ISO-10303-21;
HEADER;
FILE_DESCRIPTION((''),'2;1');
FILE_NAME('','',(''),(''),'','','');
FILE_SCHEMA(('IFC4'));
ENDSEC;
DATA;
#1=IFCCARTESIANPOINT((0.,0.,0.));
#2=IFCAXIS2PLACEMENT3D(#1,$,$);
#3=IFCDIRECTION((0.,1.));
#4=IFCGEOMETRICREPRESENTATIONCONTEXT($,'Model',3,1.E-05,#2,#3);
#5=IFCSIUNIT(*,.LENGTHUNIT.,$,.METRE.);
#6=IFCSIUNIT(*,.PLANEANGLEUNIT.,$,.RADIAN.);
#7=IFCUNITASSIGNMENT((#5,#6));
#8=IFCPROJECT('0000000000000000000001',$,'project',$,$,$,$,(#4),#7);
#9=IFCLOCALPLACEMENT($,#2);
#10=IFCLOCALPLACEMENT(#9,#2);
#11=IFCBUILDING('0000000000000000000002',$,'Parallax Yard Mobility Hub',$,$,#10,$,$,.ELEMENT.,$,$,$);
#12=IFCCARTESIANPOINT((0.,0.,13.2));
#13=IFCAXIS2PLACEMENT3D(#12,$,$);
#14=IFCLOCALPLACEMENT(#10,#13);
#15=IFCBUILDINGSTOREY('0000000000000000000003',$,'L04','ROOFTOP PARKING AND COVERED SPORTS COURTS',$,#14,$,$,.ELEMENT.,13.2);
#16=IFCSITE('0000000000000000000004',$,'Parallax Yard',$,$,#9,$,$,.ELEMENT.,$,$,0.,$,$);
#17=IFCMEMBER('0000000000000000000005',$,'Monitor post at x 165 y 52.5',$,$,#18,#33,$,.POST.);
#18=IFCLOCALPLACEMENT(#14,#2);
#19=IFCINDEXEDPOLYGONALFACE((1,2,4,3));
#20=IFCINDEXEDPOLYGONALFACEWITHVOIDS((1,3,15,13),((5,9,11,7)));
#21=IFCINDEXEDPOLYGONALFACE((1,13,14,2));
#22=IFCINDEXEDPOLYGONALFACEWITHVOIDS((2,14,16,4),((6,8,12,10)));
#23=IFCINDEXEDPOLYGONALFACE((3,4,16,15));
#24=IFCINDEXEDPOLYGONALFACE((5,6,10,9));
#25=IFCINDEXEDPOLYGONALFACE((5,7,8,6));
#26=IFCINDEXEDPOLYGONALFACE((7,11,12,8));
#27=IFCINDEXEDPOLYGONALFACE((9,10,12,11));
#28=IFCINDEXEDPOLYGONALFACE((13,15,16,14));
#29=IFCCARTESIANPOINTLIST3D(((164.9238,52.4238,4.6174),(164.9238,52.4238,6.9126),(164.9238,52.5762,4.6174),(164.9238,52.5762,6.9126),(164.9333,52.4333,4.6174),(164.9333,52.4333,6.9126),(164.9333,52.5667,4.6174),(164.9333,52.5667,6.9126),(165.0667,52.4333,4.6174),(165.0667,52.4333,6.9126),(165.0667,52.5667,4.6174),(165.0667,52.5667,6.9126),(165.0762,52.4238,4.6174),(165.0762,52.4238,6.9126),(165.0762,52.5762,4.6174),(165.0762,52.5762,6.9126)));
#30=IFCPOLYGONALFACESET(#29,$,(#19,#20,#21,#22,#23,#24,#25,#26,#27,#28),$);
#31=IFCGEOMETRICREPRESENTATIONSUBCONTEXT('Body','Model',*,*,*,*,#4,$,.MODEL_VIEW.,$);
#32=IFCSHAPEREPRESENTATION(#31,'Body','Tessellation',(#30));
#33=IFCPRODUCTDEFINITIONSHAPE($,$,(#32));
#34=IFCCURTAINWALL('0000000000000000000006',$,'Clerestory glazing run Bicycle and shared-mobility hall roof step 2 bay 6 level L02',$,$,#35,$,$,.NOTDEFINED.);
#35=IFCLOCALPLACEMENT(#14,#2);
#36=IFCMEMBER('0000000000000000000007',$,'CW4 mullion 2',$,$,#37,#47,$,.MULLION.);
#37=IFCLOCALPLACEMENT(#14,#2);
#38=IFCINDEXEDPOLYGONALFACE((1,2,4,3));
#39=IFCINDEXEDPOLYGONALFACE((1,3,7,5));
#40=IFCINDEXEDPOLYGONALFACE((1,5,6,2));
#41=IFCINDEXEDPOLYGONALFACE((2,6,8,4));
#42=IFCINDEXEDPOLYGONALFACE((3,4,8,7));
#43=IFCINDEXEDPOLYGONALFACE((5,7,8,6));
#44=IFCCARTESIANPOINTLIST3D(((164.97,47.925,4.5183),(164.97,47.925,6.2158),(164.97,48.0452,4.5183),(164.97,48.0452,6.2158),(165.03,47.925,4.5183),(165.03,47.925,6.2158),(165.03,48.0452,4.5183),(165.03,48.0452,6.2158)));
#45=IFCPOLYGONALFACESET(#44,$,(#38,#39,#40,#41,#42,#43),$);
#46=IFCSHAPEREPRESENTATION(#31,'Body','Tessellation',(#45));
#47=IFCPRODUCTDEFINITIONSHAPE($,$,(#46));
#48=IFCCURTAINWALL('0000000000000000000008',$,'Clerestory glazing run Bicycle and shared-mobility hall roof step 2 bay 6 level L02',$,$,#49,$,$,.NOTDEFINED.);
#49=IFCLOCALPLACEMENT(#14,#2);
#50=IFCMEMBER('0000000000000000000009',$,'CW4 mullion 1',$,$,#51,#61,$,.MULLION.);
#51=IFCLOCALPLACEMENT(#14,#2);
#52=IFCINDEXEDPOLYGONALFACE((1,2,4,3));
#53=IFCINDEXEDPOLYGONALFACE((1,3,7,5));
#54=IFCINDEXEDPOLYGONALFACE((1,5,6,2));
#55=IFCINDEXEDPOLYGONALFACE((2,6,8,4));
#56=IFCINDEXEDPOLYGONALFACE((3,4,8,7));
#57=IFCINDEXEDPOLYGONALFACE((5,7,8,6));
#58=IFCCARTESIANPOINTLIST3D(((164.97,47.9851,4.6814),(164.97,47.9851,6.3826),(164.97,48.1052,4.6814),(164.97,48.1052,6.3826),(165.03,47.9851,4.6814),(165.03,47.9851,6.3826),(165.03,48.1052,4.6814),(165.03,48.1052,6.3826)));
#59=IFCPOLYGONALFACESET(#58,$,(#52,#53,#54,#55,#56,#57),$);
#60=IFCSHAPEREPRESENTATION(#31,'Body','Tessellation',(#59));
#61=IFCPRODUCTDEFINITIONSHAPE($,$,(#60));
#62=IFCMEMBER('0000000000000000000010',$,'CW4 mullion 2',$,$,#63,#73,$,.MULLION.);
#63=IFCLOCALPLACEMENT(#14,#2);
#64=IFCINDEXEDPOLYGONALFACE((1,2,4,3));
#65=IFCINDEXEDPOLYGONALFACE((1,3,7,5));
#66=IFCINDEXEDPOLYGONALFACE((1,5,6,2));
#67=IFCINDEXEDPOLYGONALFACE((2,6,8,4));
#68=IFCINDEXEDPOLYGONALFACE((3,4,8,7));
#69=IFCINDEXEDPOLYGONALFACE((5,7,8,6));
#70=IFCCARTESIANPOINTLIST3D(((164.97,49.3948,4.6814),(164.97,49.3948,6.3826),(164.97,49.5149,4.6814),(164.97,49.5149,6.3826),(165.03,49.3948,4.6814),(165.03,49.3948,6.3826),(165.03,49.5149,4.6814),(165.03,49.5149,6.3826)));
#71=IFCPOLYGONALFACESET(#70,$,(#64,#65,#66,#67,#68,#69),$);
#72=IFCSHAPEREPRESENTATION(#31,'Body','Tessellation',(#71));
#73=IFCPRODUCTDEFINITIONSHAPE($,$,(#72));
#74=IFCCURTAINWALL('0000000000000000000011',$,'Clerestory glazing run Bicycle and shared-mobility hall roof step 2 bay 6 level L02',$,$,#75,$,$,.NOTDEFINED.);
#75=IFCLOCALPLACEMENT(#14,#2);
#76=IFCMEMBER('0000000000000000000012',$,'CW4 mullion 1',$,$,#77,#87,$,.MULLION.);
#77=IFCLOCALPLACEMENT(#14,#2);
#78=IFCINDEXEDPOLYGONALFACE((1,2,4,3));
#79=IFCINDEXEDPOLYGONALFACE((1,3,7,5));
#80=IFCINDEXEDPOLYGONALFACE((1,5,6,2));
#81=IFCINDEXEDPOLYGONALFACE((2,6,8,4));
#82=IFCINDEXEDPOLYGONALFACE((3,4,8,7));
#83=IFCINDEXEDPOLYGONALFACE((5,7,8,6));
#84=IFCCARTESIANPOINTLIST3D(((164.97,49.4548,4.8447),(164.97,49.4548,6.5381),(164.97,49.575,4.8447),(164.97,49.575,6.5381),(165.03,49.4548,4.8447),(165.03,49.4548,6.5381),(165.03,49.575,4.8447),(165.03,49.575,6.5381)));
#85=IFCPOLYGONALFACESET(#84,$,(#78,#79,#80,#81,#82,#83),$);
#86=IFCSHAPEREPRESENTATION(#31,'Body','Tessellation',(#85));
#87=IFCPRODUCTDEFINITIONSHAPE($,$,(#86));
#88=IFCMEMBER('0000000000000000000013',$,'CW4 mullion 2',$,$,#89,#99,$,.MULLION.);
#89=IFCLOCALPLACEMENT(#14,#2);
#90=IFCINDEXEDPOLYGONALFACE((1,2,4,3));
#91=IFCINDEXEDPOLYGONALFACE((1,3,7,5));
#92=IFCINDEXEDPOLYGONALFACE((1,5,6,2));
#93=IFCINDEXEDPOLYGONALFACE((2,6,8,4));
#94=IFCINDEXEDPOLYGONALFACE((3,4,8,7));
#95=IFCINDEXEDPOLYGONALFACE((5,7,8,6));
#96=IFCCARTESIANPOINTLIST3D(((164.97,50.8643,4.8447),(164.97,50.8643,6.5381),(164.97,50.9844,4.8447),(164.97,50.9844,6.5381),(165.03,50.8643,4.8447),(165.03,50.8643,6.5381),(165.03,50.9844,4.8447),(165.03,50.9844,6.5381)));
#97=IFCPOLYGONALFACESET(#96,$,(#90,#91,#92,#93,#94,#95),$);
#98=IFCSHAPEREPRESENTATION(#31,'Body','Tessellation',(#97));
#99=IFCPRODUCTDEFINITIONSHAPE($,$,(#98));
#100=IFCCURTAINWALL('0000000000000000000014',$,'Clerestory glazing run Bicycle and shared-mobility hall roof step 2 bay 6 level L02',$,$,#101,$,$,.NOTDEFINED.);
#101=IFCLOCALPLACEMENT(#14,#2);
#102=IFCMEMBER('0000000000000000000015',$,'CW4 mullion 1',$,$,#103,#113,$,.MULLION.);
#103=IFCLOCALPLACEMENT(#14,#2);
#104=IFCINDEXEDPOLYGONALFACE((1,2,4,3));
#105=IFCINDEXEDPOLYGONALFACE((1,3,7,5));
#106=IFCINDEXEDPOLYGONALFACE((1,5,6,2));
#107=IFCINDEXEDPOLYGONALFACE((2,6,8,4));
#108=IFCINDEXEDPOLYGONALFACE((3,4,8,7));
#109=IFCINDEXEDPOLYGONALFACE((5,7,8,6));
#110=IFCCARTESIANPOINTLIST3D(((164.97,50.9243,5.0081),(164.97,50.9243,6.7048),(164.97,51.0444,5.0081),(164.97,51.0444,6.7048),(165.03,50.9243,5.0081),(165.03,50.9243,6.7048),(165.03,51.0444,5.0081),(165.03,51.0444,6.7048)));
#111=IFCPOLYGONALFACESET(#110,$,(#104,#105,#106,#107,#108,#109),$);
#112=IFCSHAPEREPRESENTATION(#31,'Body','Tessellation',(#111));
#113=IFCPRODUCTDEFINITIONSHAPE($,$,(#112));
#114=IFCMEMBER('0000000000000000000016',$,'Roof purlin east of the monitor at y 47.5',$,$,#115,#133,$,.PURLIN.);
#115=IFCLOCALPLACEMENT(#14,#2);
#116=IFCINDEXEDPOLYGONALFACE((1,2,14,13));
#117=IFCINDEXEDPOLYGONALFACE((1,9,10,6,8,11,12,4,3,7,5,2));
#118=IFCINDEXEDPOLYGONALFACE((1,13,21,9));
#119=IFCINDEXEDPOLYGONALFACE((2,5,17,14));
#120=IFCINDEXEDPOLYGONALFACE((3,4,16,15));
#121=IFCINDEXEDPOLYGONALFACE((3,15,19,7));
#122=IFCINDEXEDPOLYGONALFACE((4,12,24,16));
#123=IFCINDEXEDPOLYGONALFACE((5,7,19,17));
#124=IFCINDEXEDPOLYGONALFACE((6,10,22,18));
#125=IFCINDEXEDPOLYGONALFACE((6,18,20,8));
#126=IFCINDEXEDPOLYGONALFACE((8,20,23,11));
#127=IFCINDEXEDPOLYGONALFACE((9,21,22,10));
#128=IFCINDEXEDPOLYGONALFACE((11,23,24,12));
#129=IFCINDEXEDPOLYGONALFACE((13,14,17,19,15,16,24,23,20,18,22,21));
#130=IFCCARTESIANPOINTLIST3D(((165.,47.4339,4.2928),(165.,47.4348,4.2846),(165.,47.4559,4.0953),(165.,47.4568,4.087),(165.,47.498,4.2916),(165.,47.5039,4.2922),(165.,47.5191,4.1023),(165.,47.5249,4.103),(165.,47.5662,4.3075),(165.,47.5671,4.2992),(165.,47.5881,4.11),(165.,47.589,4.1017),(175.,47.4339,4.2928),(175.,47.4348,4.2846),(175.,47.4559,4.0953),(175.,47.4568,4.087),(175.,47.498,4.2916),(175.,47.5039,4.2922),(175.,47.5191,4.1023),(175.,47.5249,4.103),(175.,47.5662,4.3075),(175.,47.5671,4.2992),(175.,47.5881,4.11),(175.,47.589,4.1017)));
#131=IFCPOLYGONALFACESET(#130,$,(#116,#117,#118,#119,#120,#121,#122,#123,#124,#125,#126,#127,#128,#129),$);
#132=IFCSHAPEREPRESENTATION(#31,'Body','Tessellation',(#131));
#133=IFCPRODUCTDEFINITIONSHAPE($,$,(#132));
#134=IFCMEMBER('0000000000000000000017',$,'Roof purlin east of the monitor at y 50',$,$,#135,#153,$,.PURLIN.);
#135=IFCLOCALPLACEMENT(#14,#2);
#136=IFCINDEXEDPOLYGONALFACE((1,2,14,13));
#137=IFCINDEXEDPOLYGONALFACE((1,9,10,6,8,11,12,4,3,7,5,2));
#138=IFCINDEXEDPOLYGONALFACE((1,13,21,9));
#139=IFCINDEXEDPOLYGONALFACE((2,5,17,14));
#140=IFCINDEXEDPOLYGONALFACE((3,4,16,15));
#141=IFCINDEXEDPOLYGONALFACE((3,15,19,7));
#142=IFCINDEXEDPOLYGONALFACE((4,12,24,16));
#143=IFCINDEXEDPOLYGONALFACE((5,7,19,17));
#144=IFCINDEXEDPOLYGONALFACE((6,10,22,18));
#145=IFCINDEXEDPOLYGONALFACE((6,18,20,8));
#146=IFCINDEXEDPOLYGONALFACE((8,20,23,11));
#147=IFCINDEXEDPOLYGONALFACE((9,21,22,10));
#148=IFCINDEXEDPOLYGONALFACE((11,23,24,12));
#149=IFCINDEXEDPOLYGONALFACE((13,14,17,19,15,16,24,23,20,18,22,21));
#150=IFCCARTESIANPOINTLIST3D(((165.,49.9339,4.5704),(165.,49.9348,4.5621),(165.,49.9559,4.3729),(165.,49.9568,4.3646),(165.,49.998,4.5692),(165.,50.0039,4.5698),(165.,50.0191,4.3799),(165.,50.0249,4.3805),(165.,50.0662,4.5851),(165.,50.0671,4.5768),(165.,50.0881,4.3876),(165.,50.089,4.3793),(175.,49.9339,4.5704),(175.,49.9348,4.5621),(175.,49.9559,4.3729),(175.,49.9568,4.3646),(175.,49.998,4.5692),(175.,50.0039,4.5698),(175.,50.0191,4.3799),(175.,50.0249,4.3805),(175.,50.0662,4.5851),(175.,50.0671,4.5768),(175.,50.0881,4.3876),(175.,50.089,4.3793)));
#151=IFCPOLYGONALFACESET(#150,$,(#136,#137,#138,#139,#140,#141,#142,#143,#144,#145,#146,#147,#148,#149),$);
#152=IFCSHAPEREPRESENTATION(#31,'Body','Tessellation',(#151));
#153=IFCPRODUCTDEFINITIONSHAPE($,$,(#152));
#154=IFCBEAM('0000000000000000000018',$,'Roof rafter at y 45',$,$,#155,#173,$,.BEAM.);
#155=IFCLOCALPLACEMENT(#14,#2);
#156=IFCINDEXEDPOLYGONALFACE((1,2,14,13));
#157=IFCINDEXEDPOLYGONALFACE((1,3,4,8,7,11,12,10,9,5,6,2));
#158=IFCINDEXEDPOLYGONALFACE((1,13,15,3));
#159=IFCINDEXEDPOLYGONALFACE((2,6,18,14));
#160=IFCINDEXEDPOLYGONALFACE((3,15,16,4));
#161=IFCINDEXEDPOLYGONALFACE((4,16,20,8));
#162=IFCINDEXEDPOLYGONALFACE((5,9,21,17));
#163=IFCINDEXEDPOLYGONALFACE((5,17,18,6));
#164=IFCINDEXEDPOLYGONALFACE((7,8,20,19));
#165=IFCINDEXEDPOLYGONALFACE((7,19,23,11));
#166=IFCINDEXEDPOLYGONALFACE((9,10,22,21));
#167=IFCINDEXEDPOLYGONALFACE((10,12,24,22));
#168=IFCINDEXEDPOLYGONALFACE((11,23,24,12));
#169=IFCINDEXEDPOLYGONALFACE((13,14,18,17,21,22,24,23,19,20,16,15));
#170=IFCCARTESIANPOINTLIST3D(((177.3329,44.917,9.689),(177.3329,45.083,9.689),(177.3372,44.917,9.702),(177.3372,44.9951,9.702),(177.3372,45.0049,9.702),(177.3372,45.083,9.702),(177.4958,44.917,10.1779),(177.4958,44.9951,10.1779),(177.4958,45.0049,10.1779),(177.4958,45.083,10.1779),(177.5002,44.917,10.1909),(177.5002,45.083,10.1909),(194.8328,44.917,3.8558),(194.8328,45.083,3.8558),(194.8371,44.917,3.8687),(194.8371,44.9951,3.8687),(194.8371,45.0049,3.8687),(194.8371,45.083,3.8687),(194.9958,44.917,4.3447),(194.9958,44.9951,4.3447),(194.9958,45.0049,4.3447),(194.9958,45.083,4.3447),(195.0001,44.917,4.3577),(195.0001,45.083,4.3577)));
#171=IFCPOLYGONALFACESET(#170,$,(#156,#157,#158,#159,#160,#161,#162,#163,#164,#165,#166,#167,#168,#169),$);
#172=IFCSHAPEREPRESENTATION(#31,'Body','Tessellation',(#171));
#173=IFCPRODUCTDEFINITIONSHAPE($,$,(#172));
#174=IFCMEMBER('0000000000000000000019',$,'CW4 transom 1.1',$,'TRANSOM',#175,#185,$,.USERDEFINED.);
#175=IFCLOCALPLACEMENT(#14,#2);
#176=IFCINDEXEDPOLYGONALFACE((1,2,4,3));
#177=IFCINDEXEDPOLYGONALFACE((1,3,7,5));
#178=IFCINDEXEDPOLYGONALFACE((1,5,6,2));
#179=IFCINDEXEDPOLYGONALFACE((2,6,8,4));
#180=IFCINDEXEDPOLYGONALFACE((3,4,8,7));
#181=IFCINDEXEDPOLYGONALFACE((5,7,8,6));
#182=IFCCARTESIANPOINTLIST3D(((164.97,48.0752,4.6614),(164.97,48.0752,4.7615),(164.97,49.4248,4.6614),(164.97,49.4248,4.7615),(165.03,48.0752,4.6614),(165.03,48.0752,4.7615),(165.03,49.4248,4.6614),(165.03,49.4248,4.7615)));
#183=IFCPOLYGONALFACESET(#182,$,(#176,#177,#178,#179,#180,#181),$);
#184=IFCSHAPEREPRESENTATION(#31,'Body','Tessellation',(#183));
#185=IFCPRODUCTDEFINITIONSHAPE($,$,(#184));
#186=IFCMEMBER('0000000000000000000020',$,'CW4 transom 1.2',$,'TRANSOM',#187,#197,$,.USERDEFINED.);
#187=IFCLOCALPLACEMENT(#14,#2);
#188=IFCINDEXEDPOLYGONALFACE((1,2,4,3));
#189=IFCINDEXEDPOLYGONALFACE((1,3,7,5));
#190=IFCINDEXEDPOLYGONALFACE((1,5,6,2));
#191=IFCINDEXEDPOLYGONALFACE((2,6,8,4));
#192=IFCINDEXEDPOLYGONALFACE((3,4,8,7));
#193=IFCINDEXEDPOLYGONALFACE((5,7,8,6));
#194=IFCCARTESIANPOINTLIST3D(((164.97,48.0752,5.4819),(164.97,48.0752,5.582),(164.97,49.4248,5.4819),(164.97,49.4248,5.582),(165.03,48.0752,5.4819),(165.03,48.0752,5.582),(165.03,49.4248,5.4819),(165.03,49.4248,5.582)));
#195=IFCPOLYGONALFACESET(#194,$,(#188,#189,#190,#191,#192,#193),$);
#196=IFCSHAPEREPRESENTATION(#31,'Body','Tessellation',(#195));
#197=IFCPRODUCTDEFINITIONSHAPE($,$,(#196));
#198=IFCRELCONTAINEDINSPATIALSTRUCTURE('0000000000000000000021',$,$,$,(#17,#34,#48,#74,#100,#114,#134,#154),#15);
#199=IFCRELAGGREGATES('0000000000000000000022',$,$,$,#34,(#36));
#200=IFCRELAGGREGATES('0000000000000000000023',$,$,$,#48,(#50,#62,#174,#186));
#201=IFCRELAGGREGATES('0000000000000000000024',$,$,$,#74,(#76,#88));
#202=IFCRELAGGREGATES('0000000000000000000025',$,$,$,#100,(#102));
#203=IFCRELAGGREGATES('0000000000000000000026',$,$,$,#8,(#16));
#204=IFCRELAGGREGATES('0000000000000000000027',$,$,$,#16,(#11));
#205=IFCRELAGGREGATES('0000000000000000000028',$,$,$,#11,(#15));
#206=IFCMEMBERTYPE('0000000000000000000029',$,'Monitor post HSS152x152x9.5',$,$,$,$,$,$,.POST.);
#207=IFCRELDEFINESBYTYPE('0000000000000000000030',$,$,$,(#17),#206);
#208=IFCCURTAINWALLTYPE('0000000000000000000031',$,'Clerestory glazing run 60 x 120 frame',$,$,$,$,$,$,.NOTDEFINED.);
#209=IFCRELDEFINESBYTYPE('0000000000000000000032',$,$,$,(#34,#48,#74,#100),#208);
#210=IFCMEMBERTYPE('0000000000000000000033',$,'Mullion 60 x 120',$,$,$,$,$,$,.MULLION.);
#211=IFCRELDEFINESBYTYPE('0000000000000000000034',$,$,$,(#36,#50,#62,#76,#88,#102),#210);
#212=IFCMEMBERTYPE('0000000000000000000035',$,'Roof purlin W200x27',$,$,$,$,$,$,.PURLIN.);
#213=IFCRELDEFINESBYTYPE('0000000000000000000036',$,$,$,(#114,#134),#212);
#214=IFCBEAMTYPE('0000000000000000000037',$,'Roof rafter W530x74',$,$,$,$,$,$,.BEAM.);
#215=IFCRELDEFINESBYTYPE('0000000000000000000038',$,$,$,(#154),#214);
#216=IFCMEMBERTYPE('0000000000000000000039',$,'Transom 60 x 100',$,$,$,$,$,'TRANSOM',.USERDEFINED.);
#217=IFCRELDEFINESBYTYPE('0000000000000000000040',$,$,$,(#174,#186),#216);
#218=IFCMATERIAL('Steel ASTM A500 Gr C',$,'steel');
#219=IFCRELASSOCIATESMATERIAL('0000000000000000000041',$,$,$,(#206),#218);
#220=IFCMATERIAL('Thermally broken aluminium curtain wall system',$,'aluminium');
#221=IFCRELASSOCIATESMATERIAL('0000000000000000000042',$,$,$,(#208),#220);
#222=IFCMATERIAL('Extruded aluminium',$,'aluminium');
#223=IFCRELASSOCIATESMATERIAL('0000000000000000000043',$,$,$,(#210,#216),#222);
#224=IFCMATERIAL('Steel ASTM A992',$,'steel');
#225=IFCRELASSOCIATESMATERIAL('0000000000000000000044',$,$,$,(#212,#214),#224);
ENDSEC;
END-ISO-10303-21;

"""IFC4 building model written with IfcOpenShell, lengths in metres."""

from ifc_helpers import new_model, si_unit, direction, frame, origin, origin_2d, place, context, subcontext, project, spatial, rectangle, hollow_rectangle, i_section, extrude, material, material_profile, profile_set, type_object, element, aggregate, save


model = new_model("IFC4")

# Units and contexts
model_context = context("Model", 3, precision=1e-05, world=origin(), true_north=direction((0.0, 1.0)))
body_context = subcontext(model_context, "Body", "Model", "MODEL_VIEW")
ifc_project = project(units=[si_unit("LENGTHUNIT", "METRE"), si_unit("PLANEANGLEUNIT", "RADIAN")], contexts=[model_context])

# Site, building, storey
site_placement = place(None, origin())
site = spatial("IfcSite", under=ifc_project, at=site_placement, Name="Parallax Yard", CompositionType="ELEMENT", RefElevation=0.0)
building_placement = place(site_placement, origin())
building = spatial("IfcBuilding", under=site, at=building_placement, Name="Parallax Yard Mobility Hub", CompositionType="ELEMENT")
storey_placement = place(building_placement, frame((0.0, 0.0, 13.2)))
storey = spatial("IfcBuildingStorey", under=building, at=storey_placement, Name="L04", Description="ROOFTOP PARKING AND COVERED SPORTS COURTS", CompositionType="ELEMENT", Elevation=13.2)

# Shared definitions
ifc_material_1 = material(Name="Steel ASTM A992", Category="steel")

# Member
ifc_material_2 = material(Name="Steel ASTM A500 Gr C", Category="steel")
ifc_material_profile_1 = material_profile(ifc_material_2, hollow_rectangle(XDim=0.1523, YDim=0.1523, WallThickness=0.0095, at=origin_2d()), Name="HSS152x152x9.5")
ifc_profile_set_1 = profile_set([ifc_material_profile_1], Name="Steel ASTM A500 Gr C")
member_type_1 = type_object("IfcMemberType", Name="Monitor post HSS152x152x9.5", PredefinedType="POST", material=ifc_profile_set_1)
member_1_placement = place(storey_placement, frame((165.0, 52.5, 4.6174), z_axis=(0.0, 0.0, 1.0), x_axis=(1.0, 0.0, 0.0)))
element("IfcMember", 1, at=member_1_placement, inside=storey, type_object=member_type_1, Name="Monitor post at x 165 y 52.5", PredefinedType="POST", context=body_context, shape_type="SweptSolid", body=[
    extrude(hollow_rectangle(XDim=0.1523, YDim=0.1523, WallThickness=0.0095, at=origin_2d()), origin(), (0.0, 0.0, 1.0), 2.2952),
])

# Curtain wall, member
ifc_material_3 = material(Name="Thermally broken aluminium curtain wall system", Category="aluminium")
curtain_wall_type = type_object("IfcCurtainWallType", Name="Clerestory glazing run 60 x 120 frame", PredefinedType="NOTDEFINED", material=ifc_material_3)
curtain_wall_1_placement = place(storey_placement, origin())
curtain_wall_1 = element("IfcCurtainWall", 2, at=curtain_wall_1_placement, inside=storey, type_object=curtain_wall_type, Name="Clerestory glazing run Bicycle and shared-mobility hall roof step 2 bay 6 level L02", PredefinedType="NOTDEFINED")
ifc_material_4 = material(Name="Extruded aluminium", Category="aluminium")
ifc_material_profile_2 = material_profile(ifc_material_4, rectangle(XDim=0.0601, YDim=0.1201, at=origin_2d()), Name="Mullion 60 x 120")
ifc_profile_set_2 = profile_set([ifc_material_profile_2], Name="Extruded aluminium")
member_type_2 = type_object("IfcMemberType", Name="Mullion 60 x 120", PredefinedType="MULLION", material=ifc_profile_set_2)
member_2_placement = place(storey_placement, frame((165.0, 47.9851, 4.5183), z_axis=(0.0, 0.0, 1.0), x_axis=(-1.0, 0.0, 0.0)))
member_2 = element("IfcMember", 3, at=member_2_placement, type_object=member_type_2, Name="CW4 mullion 2", PredefinedType="MULLION", context=body_context, shape_type="SweptSolid", body=[
    extrude(rectangle(XDim=0.0601, YDim=0.1201, at=origin_2d()), origin(), (0.0, 0.0, 1.0), 1.6975),
])

# Curtain walls, members
curtain_wall_2_placement = place(storey_placement, origin())
curtain_wall_2 = element("IfcCurtainWall", 4, at=curtain_wall_2_placement, inside=storey, type_object=curtain_wall_type, Name="Clerestory glazing run Bicycle and shared-mobility hall roof step 2 bay 6 level L02", PredefinedType="NOTDEFINED")
member_3_placement = place(storey_placement, frame((165.0, 48.0452, 4.6814), z_axis=(0.0, 0.0, 1.0), x_axis=(-1.0, 0.0, 0.0)))
member_3 = element("IfcMember", 5, at=member_3_placement, type_object=member_type_2, Name="CW4 mullion 1", PredefinedType="MULLION", context=body_context, shape_type="SweptSolid", body=[
    extrude(rectangle(XDim=0.0601, YDim=0.1201, at=origin_2d()), origin(), (0.0, 0.0, 1.0), 1.7012),
])
member_4_placement = place(storey_placement, frame((165.0, 49.4548, 4.6814), z_axis=(0.0, 0.0, 1.0), x_axis=(-1.0, 0.0, 0.0)))
member_4 = element("IfcMember", 6, at=member_4_placement, type_object=member_type_2, Name="CW4 mullion 2", PredefinedType="MULLION", context=body_context, shape_type="SweptSolid", body=[
    extrude(rectangle(XDim=0.0601, YDim=0.1201, at=origin_2d()), origin(), (0.0, 0.0, 1.0), 1.7012),
])
curtain_wall_3_placement = place(storey_placement, origin())
curtain_wall_3 = element("IfcCurtainWall", 7, at=curtain_wall_3_placement, inside=storey, type_object=curtain_wall_type, Name="Clerestory glazing run Bicycle and shared-mobility hall roof step 2 bay 6 level L02", PredefinedType="NOTDEFINED")
member_5_placement = place(storey_placement, frame((165.0, 49.5149, 4.8447), z_axis=(0.0, 0.0, 1.0), x_axis=(-1.0, 0.0, 0.0)))
member_5 = element("IfcMember", 8, at=member_5_placement, type_object=member_type_2, Name="CW4 mullion 1", PredefinedType="MULLION", context=body_context, shape_type="SweptSolid", body=[
    extrude(rectangle(XDim=0.0601, YDim=0.1201, at=origin_2d()), origin(), (0.0, 0.0, 1.0), 1.6934),
])
member_6_placement = place(storey_placement, frame((165.0, 50.9243, 4.8447), z_axis=(0.0, 0.0, 1.0), x_axis=(-1.0, 0.0, 0.0)))
member_6 = element("IfcMember", 9, at=member_6_placement, type_object=member_type_2, Name="CW4 mullion 2", PredefinedType="MULLION", context=body_context, shape_type="SweptSolid", body=[
    extrude(rectangle(XDim=0.0601, YDim=0.1201, at=origin_2d()), origin(), (0.0, 0.0, 1.0), 1.6934),
])

# Curtain wall, member
curtain_wall_4_placement = place(storey_placement, origin())
curtain_wall_4 = element("IfcCurtainWall", 10, at=curtain_wall_4_placement, inside=storey, type_object=curtain_wall_type, Name="Clerestory glazing run Bicycle and shared-mobility hall roof step 2 bay 6 level L02", PredefinedType="NOTDEFINED")
member_7_placement = place(storey_placement, frame((165.0, 50.9844, 5.0081), z_axis=(0.0, 0.0, 1.0), x_axis=(-1.0, 0.0, 0.0)))
member_7 = element("IfcMember", 11, at=member_7_placement, type_object=member_type_2, Name="CW4 mullion 1", PredefinedType="MULLION", context=body_context, shape_type="SweptSolid", body=[
    extrude(rectangle(XDim=0.0601, YDim=0.1201, at=origin_2d()), origin(), (0.0, 0.0, 1.0), 1.6968),
])

# Members
ifc_material_profile_3 = material_profile(ifc_material_1, i_section(OverallWidth=0.1331, OverallDepth=0.207, WebThickness=0.0059, FlangeThickness=0.0083, at=origin_2d()), Name="W200x27")
ifc_profile_set_3 = profile_set([ifc_material_profile_3], Name="Steel ASTM A992")
member_type_3 = type_object("IfcMemberType", Name="Roof purlin W200x27", PredefinedType="PURLIN", material=ifc_profile_set_3)
for number, where, z_axis, x_axis, name in (
    (12, (165.0, 47.5115, 4.1973), (1.0, 0.0, 0.0), (0.0, 0.993884, 0.110432), "Roof purlin east of the monitor at y 47.5"),
    (13, (165.0, 50.0115, 4.4749), (1.0, 0.0, 0.0), (0.0, 0.993884, 0.110432), "Roof purlin east of the monitor at y 50"),
):
    element("IfcMember", number, at=place(storey_placement, frame(where, z_axis=z_axis, x_axis=x_axis)), inside=storey, type_object=member_type_3, Name=name, PredefinedType="PURLIN", context=body_context, shape_type="SweptSolid", body=[
        extrude(i_section(OverallWidth=0.1331, OverallDepth=0.207, WebThickness=0.0059, FlangeThickness=0.0083, at=origin_2d()), origin(), (0.0, 0.0, 1.0), 10.0),
    ])

# Beam
ifc_material_profile_4 = material_profile(ifc_material_1, i_section(OverallWidth=0.166, OverallDepth=0.5291, WebThickness=0.0098, FlangeThickness=0.0137, at=origin_2d()), Name="W530x74")
ifc_profile_set_4 = profile_set([ifc_material_profile_4], Name="Steel ASTM A992")
beam_type = type_object("IfcBeamType", Name="Roof rafter W530x74", PredefinedType="BEAM", material=ifc_profile_set_4)
beam_placement = place(storey_placement, frame((177.4165, 45.0, 9.9399), z_axis=(0.948685, 0.0, -0.316224), x_axis=(0.0, 1.0, 0.0)))
element("IfcBeam", 14, at=beam_placement, inside=storey, type_object=beam_type, Name="Roof rafter at y 45", PredefinedType="BEAM", context=body_context, shape_type="SweptSolid", body=[
    extrude(i_section(OverallWidth=0.166, OverallDepth=0.5291, WebThickness=0.0098, FlangeThickness=0.0137, at=origin_2d()), origin(), (0.0, 0.0, 1.0), 18.4465),
])

# Members
ifc_material_profile_5 = material_profile(ifc_material_4, rectangle(XDim=0.0601, YDim=0.1001, at=origin_2d()), Name="Transom 60 x 100")
ifc_profile_set_5 = profile_set([ifc_material_profile_5], Name="Extruded aluminium")
member_type_4 = type_object("IfcMemberType", Name="Transom 60 x 100", ElementType="TRANSOM", PredefinedType="USERDEFINED", material=ifc_profile_set_5)
member_8_placement = place(storey_placement, frame((165.0, 48.0752, 4.7114), z_axis=(0.0, 1.0, 0.0), x_axis=(-1.0, 0.0, 0.0)))
member_8 = element("IfcMember", 15, at=member_8_placement, type_object=member_type_4, Name="CW4 transom 1.1", ObjectType="TRANSOM", PredefinedType="USERDEFINED", context=body_context, shape_type="SweptSolid", body=[
    extrude(rectangle(XDim=0.0601, YDim=0.1001, at=origin_2d()), origin(), (0.0, 0.0, 1.0), 1.3496),
])
member_9_placement = place(storey_placement, frame((165.0, 48.0752, 5.532), z_axis=(0.0, 1.0, 0.0), x_axis=(-1.0, 0.0, 0.0)))
member_9 = element("IfcMember", 16, at=member_9_placement, type_object=member_type_4, Name="CW4 transom 1.2", ObjectType="TRANSOM", PredefinedType="USERDEFINED", context=body_context, shape_type="SweptSolid", body=[
    extrude(rectangle(XDim=0.0601, YDim=0.1001, at=origin_2d()), origin(), (0.0, 0.0, 1.0), 1.3496),
])

aggregate(curtain_wall_1, [member_2])
aggregate(curtain_wall_2, [member_3, member_4, member_8, member_9])
aggregate(curtain_wall_3, [member_5, member_6])
aggregate(curtain_wall_4, [member_7])

save(model, "model.ifc")
